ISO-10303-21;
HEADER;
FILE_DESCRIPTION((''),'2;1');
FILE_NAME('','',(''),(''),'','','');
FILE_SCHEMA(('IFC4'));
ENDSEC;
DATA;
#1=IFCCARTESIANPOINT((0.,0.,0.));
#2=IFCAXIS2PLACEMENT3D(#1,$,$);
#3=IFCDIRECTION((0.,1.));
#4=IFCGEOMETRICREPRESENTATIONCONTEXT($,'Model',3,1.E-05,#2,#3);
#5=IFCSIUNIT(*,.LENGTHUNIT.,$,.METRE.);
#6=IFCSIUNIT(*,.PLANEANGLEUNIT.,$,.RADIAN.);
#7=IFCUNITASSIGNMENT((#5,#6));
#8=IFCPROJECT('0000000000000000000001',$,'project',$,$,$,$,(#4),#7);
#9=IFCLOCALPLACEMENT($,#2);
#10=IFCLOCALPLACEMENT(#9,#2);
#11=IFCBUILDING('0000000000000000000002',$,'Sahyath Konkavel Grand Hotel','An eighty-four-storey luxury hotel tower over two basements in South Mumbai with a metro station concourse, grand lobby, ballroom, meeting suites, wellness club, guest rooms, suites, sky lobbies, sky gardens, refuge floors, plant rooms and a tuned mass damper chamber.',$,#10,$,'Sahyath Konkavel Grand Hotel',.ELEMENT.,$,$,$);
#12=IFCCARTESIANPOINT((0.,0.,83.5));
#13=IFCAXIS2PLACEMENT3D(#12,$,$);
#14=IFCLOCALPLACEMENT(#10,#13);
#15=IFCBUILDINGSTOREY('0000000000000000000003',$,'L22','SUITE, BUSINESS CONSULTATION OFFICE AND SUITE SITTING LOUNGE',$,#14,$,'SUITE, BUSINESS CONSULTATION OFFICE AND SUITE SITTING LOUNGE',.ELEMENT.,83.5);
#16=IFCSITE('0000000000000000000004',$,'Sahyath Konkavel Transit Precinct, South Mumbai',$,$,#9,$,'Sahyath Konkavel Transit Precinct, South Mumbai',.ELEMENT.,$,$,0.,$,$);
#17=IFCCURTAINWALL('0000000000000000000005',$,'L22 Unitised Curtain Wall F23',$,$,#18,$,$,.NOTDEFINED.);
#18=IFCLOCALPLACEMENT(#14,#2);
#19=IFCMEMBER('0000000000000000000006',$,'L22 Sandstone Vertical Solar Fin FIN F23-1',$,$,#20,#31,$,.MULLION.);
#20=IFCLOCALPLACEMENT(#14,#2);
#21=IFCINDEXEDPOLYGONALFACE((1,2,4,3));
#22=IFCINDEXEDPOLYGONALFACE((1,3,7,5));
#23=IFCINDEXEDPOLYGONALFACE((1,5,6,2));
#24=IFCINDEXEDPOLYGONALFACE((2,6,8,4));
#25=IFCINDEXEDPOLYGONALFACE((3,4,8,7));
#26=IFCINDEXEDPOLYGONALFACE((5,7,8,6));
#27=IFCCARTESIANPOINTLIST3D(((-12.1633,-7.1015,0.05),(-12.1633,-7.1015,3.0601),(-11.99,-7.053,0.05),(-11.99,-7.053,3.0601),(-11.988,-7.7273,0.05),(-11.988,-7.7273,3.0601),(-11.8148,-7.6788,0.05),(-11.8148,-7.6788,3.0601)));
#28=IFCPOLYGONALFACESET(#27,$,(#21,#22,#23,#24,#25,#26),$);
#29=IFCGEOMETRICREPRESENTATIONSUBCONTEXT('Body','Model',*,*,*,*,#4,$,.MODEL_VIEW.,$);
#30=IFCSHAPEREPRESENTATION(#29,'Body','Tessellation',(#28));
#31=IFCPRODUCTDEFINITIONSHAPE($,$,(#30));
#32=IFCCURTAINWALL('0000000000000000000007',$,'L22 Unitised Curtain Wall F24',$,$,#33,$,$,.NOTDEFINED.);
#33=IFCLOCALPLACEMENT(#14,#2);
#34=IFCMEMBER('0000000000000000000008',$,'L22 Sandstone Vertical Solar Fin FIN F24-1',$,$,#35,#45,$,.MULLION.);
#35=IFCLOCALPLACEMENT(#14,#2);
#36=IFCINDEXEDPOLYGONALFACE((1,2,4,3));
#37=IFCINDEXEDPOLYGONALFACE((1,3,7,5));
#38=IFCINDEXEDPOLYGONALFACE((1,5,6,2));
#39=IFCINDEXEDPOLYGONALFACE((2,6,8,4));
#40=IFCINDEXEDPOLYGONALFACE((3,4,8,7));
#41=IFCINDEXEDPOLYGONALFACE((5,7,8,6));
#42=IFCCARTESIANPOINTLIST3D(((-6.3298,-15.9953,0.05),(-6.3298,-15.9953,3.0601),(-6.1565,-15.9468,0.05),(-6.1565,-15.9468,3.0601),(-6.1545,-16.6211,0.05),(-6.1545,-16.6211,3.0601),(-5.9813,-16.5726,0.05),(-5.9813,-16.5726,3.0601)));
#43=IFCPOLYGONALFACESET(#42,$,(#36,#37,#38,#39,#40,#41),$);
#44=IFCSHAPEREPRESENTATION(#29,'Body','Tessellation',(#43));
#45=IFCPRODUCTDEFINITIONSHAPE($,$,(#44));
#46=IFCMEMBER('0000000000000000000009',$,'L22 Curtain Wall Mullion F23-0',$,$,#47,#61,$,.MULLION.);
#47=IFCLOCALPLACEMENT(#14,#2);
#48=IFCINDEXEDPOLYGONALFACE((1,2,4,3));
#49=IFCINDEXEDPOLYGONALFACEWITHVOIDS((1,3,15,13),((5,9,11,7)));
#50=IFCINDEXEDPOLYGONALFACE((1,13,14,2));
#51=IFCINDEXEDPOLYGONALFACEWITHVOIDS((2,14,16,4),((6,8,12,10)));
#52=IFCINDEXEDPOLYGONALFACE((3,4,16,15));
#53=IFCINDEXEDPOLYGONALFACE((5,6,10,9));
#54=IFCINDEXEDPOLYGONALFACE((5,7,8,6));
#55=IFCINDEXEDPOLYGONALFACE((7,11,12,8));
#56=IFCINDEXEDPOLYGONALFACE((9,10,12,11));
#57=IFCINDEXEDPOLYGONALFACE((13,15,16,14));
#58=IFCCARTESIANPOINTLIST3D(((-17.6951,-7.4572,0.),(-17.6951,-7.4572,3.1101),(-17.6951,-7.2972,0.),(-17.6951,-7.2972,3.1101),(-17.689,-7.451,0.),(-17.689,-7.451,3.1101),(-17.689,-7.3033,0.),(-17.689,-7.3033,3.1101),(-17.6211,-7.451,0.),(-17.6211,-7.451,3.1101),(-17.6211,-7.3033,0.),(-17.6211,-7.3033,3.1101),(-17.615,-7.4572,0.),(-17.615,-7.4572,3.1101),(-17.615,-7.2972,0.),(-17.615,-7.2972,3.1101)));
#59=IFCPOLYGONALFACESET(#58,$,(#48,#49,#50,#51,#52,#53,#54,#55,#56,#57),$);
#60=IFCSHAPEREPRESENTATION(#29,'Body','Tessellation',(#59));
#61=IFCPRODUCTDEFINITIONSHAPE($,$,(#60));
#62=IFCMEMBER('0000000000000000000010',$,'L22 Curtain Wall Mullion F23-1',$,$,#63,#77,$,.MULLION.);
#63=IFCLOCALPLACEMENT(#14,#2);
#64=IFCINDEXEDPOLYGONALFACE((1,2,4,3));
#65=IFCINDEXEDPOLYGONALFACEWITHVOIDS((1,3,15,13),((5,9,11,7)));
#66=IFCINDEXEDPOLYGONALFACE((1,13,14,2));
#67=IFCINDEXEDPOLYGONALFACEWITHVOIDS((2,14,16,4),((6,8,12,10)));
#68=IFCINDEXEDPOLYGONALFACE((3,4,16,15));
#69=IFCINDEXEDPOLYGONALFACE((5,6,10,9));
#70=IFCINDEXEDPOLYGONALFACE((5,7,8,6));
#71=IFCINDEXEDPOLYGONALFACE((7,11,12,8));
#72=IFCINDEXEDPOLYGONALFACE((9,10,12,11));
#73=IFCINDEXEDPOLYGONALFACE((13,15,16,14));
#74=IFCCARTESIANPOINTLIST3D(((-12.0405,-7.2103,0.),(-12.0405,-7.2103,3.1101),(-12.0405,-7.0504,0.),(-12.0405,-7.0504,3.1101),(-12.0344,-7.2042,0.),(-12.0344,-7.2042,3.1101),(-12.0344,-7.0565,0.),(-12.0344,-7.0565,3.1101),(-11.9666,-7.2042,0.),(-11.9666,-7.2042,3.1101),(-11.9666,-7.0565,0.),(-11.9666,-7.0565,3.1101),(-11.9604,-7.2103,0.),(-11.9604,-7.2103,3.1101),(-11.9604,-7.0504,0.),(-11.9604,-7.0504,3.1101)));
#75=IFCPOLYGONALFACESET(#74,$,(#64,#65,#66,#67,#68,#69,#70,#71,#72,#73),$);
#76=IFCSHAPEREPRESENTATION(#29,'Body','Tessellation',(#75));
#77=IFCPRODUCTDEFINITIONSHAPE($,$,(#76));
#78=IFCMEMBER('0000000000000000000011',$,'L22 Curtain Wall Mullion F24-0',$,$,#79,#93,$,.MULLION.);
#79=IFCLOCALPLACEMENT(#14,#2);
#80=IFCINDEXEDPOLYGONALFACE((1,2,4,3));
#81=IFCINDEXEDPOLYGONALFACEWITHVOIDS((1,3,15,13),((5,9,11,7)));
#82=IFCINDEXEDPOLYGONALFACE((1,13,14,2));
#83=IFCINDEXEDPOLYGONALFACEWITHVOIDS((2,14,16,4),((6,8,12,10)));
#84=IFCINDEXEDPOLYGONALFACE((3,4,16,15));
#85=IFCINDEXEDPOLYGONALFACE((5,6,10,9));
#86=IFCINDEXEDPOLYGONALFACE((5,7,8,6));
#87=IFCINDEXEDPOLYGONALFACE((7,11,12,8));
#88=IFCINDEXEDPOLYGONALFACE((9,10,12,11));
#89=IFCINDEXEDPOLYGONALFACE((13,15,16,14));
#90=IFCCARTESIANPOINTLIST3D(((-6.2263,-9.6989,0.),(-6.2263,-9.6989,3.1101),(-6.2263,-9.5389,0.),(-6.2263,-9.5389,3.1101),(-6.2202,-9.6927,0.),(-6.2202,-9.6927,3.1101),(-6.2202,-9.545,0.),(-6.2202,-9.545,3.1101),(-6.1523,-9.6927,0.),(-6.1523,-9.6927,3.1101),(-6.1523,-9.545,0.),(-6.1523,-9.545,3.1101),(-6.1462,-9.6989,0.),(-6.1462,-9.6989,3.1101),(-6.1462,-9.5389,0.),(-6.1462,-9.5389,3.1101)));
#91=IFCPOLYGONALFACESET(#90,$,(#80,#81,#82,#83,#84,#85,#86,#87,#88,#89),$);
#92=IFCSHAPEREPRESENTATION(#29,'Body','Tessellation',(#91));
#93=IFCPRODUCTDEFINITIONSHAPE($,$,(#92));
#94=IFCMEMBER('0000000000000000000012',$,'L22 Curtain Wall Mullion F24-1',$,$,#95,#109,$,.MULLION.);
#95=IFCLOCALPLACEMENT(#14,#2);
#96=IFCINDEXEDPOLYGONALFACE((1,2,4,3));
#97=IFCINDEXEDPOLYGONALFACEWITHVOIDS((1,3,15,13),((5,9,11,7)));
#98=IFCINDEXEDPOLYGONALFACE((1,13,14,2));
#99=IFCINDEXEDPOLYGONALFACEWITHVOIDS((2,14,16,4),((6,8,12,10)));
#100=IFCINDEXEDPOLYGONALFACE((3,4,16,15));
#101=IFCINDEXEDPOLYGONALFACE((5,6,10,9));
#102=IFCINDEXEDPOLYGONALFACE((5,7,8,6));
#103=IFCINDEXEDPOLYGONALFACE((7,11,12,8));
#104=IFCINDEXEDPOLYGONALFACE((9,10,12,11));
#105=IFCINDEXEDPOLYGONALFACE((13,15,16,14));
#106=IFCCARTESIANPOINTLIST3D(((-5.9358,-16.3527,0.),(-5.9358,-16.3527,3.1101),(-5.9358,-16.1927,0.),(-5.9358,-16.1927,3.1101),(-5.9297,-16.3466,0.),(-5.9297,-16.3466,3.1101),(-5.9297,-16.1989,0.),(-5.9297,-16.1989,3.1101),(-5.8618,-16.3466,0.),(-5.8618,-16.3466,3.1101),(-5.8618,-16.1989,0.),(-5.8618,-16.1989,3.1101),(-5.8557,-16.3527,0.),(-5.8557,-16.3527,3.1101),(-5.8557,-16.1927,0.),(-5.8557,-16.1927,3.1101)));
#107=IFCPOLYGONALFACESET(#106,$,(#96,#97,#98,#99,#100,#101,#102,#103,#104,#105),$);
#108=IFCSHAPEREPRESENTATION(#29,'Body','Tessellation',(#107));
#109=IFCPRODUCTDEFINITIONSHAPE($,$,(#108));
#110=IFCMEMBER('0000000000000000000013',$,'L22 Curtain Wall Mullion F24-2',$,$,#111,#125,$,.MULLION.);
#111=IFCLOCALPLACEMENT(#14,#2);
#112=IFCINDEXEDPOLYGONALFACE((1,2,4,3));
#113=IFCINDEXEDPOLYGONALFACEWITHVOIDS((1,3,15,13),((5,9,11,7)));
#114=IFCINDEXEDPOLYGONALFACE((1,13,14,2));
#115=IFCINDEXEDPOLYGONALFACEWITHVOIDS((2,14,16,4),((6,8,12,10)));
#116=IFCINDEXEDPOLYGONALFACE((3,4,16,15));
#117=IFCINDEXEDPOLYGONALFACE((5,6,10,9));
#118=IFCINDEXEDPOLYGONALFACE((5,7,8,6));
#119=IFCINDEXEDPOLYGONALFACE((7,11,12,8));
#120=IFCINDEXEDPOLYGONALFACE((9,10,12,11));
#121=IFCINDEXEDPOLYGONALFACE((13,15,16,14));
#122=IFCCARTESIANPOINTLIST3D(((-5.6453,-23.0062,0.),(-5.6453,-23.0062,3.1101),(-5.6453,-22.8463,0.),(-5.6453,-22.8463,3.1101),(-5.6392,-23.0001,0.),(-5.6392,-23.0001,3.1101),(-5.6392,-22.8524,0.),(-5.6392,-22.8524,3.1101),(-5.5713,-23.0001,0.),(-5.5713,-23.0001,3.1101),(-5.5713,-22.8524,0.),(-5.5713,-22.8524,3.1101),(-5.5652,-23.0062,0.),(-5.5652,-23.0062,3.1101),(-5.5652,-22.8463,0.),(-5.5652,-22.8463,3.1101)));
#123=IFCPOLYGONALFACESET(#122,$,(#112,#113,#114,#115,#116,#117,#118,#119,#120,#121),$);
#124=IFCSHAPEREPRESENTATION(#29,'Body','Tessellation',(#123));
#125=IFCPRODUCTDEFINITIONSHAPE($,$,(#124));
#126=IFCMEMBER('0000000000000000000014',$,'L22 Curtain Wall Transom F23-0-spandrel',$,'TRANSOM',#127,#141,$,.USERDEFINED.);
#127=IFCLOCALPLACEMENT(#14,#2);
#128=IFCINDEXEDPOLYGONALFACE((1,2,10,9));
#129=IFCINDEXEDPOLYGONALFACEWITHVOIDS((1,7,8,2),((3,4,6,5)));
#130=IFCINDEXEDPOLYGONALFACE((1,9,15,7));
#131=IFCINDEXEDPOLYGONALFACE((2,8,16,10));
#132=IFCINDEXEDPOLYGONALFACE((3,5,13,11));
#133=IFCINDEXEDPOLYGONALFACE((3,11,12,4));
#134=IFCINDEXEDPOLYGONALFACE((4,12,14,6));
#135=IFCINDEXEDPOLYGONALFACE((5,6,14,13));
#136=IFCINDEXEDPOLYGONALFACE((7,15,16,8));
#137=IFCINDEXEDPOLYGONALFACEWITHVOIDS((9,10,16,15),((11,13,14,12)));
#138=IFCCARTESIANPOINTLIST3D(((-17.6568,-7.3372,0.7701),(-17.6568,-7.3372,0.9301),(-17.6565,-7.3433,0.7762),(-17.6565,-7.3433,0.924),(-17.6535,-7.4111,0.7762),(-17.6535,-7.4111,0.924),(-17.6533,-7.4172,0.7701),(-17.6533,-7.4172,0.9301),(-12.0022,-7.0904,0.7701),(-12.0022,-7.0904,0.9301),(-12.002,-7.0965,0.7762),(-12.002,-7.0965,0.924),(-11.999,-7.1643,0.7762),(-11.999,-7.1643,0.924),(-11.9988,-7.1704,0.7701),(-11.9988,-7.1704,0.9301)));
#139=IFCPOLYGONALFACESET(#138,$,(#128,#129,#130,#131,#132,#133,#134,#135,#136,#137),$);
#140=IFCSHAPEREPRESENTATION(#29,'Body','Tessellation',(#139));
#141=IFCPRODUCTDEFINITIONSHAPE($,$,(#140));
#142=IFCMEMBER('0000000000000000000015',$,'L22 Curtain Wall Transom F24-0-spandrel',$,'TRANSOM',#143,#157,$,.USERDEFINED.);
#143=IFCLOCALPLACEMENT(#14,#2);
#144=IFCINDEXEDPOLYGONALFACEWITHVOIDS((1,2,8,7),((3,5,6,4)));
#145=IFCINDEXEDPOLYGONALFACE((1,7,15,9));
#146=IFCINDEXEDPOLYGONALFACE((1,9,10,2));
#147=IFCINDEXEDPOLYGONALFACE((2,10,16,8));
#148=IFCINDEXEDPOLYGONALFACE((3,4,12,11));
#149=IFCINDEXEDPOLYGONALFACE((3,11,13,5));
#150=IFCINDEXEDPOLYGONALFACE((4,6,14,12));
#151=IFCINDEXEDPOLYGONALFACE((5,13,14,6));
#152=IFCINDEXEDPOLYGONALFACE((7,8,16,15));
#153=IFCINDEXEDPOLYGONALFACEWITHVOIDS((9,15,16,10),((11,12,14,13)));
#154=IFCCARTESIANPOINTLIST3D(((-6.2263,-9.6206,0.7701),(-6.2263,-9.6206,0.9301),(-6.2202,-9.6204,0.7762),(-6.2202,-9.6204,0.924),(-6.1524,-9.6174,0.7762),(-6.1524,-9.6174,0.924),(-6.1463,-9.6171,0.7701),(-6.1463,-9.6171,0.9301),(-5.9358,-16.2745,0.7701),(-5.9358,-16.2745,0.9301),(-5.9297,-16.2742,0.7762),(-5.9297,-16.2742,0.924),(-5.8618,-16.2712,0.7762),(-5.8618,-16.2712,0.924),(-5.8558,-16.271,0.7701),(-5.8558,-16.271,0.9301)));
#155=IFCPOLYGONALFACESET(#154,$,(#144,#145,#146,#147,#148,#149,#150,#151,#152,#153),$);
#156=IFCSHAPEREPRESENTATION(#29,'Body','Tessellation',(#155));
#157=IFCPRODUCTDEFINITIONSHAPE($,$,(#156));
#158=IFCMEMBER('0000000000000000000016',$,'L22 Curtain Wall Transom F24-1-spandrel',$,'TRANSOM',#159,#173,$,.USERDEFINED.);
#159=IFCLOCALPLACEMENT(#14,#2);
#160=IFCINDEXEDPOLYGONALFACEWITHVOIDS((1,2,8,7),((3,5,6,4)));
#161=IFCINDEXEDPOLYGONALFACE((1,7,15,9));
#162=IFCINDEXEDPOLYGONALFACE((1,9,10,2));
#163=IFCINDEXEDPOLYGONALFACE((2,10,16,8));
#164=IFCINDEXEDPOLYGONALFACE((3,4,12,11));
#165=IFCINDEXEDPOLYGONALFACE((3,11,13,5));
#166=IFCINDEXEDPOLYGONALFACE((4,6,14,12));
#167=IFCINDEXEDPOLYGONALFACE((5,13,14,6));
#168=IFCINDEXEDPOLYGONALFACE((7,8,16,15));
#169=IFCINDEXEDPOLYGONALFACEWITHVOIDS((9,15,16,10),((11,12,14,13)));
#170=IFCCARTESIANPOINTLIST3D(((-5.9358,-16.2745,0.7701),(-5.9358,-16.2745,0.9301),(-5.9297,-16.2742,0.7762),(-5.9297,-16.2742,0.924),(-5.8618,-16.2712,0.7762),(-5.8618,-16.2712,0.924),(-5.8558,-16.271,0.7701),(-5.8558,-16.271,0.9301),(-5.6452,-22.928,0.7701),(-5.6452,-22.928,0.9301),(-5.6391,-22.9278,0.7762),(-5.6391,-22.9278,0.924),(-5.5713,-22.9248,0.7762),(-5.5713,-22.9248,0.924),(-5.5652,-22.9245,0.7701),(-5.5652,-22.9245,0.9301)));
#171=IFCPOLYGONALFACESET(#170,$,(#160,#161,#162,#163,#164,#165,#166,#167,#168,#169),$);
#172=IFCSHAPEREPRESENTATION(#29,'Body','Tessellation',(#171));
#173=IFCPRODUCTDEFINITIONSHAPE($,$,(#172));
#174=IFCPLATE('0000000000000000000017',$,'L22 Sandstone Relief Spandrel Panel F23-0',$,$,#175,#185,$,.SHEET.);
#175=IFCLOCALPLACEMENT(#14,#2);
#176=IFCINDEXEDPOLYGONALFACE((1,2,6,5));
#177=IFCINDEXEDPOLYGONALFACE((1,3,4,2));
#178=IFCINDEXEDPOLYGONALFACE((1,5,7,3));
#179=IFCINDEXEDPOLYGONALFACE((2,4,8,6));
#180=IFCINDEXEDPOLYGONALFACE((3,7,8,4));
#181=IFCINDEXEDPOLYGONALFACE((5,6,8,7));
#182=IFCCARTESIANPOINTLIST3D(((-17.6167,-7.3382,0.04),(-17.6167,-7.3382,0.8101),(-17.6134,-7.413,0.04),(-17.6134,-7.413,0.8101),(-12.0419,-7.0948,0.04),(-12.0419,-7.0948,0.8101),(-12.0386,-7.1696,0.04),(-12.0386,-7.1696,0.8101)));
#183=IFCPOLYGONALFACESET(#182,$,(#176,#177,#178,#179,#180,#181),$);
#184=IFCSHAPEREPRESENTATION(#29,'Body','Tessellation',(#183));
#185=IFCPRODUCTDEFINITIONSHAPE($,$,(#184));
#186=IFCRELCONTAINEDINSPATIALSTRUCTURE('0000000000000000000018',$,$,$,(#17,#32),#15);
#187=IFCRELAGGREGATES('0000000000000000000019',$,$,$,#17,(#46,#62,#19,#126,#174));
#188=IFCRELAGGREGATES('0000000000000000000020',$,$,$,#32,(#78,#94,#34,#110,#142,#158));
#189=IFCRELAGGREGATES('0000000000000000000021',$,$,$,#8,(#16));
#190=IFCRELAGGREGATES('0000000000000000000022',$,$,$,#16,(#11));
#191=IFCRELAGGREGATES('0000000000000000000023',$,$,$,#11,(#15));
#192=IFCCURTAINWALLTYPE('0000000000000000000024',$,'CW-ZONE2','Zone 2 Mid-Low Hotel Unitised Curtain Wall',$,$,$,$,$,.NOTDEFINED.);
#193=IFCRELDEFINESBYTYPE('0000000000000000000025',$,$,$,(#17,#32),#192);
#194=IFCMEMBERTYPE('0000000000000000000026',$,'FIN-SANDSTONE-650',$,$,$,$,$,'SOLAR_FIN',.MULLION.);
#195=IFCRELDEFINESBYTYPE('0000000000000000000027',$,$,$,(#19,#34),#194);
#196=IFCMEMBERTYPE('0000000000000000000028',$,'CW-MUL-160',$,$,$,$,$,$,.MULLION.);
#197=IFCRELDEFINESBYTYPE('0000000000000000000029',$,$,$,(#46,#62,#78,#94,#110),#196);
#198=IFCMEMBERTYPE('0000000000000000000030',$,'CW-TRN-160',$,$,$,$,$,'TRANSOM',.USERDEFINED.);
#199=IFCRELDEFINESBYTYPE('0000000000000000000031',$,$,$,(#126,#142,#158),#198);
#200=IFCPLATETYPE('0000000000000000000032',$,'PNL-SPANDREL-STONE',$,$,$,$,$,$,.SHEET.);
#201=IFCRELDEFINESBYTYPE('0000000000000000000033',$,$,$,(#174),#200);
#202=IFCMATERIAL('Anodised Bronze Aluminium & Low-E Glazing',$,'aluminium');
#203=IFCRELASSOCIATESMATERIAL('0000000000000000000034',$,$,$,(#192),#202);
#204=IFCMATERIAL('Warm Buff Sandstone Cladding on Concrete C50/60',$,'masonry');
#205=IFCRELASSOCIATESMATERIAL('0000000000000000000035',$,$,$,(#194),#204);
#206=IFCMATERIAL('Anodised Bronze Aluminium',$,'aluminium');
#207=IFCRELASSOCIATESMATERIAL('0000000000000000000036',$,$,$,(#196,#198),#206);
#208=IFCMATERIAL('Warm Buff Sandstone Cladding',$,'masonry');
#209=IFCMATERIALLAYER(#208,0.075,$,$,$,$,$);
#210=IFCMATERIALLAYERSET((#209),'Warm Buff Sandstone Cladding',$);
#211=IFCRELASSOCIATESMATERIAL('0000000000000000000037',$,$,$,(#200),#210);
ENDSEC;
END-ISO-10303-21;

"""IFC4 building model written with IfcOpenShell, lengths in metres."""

from ifc_helpers import new_model, si_unit, direction, frame, origin, origin_2d, place, context, subcontext, project, spatial, rectangle, hollow_rectangle, extrude, source, transform, mapped, material, layer, layer_set, material_profile, profile_set, type_object, element, aggregate, save


model = new_model("IFC4")

# Units and contexts
model_context = context("Model", 3, precision=1e-05, world=origin(), true_north=direction((0.0, 1.0)))
body_context = subcontext(model_context, "Body", "Model", "MODEL_VIEW")
ifc_project = project(units=[si_unit("LENGTHUNIT", "METRE"), si_unit("PLANEANGLEUNIT", "RADIAN")], contexts=[model_context])

# Site, building, storey
site_placement = place(None, origin())
site = spatial("IfcSite", under=ifc_project, at=site_placement, Name="Sahyath Konkavel Transit Precinct, South Mumbai", LongName="Sahyath Konkavel Transit Precinct, South Mumbai", CompositionType="ELEMENT", RefElevation=0.0)
building_placement = place(site_placement, origin())
building = spatial("IfcBuilding", under=site, at=building_placement, Name="Sahyath Konkavel Grand Hotel", Description="An eighty-four-storey luxury hotel tower over two basements in South Mumbai with a metro station concourse, grand lobby, ballroom, meeting suites, wellness club, guest rooms, suites, sky lobbies, sky gardens, refuge floors, plant rooms and a tuned mass damper chamber.", LongName="Sahyath Konkavel Grand Hotel", CompositionType="ELEMENT")
storey_placement = place(building_placement, frame((0.0, 0.0, 83.5)))
storey = spatial("IfcBuildingStorey", under=building, at=storey_placement, Name="L22", Description="SUITE, BUSINESS CONSULTATION OFFICE AND SUITE SITTING LOUNGE", LongName="SUITE, BUSINESS CONSULTATION OFFICE AND SUITE SITTING LOUNGE", CompositionType="ELEMENT", Elevation=83.5)

# Curtain walls, members
ifc_material_1 = material(Name="Anodised Bronze Aluminium & Low-E Glazing", Category="aluminium")
curtain_wall_type = type_object("IfcCurtainWallType", Name="CW-ZONE2", Description="Zone 2 Mid-Low Hotel Unitised Curtain Wall", PredefinedType="NOTDEFINED", material=ifc_material_1)
curtain_wall_1_placement = place(storey_placement, origin())
curtain_wall_1 = element("IfcCurtainWall", 1, at=curtain_wall_1_placement, inside=storey, type_object=curtain_wall_type, Name="L22 Unitised Curtain Wall F23", PredefinedType="NOTDEFINED")
ifc_material_2 = material(Name="Warm Buff Sandstone Cladding on Concrete C50/60", Category="masonry")
ifc_material_profile_1 = material_profile(ifc_material_2, rectangle(XDim=0.1799, YDim=0.6499, at=origin_2d()), Name="FIN 180x650")
ifc_profile_set_1 = profile_set([ifc_material_profile_1], Name="Warm Buff Sandstone Cladding on Concrete C50/60")
member_type_1 = type_object("IfcMemberType", Name="FIN-SANDSTONE-650", ElementType="SOLAR_FIN", PredefinedType="MULLION", material=ifc_profile_set_1)
shared_shape_1 = source(origin(), body_context, "Body", "SweptSolid", [
    extrude(rectangle(XDim=0.1799, YDim=0.6499, at=origin_2d()), origin(), (0.0, 0.0, 1.0), 3.01),
])
member_1_placement = place(storey_placement, frame((-11.989, -7.3901, 0.05), z_axis=(0.0, 0.0, 1.0), x_axis=(0.962975, 0.269592, 0.0)))
member_1 = element("IfcMember", 2, at=member_1_placement, type_object=member_type_1, Name="L22 Sandstone Vertical Solar Fin FIN F23-1", PredefinedType="MULLION", context=body_context, shape_type="MappedRepresentation", body=[
    mapped(shared_shape_1, transform((0.0, 0.0, 0.0), scale=1.0)),
])
curtain_wall_2_placement = place(storey_placement, origin())
curtain_wall_2 = element("IfcCurtainWall", 3, at=curtain_wall_2_placement, inside=storey, type_object=curtain_wall_type, Name="L22 Unitised Curtain Wall F24", PredefinedType="NOTDEFINED")
member_2_placement = place(storey_placement, frame((-6.1555, -16.2839, 0.05), z_axis=(0.0, 0.0, 1.0), x_axis=(0.962975, 0.269592, 0.0)))
member_2 = element("IfcMember", 4, at=member_2_placement, type_object=member_type_1, Name="L22 Sandstone Vertical Solar Fin FIN F24-1", PredefinedType="MULLION", context=body_context, shape_type="MappedRepresentation", body=[
    mapped(shared_shape_1, transform((0.0, 0.0, 0.0), scale=1.0)),
])

# Members
ifc_material_3 = material(Name="Anodised Bronze Aluminium", Category="aluminium")
ifc_material_profile_2 = material_profile(ifc_material_3, hollow_rectangle(XDim=0.0801, YDim=0.1599, WallThickness=0.0061, at=origin_2d()), Name="RHS 160x80x6")
ifc_profile_set_2 = profile_set([ifc_material_profile_2], Name="Anodised Bronze Aluminium")
member_type_2 = type_object("IfcMemberType", Name="CW-MUL-160", PredefinedType="MULLION", material=ifc_profile_set_2)
shared_shape_2 = source(origin(), body_context, "Body", "SweptSolid", [
    extrude(hollow_rectangle(XDim=0.0801, YDim=0.1599, WallThickness=0.0061, at=origin_2d()), origin(), (0.0, 0.0, 1.0), 3.1101),
])
member_3_placement = place(storey_placement, frame((-17.655, -7.3772, 0.0), z_axis=(0.0, 0.0, 1.0), x_axis=(1.0, 0.0, 0.0)))
member_3 = element("IfcMember", 5, at=member_3_placement, type_object=member_type_2, Name="L22 Curtain Wall Mullion F23-0", PredefinedType="MULLION", context=body_context, shape_type="MappedRepresentation", body=[
    mapped(shared_shape_2, transform((0.0, 0.0, 0.0), scale=1.0)),
])
member_4_placement = place(storey_placement, frame((-12.0005, -7.1304, 0.0), z_axis=(0.0, 0.0, 1.0), x_axis=(1.0, 0.0, 0.0)))
member_4 = element("IfcMember", 6, at=member_4_placement, type_object=member_type_2, Name="L22 Curtain Wall Mullion F23-1", PredefinedType="MULLION", context=body_context, shape_type="MappedRepresentation", body=[
    mapped(shared_shape_2, transform((0.0, 0.0, 0.0), scale=1.0)),
])
member_5_placement = place(storey_placement, frame((-6.1863, -9.6189, 0.0), z_axis=(0.0, 0.0, 1.0), x_axis=(1.0, 0.0, 0.0)))
member_5 = element("IfcMember", 7, at=member_5_placement, type_object=member_type_2, Name="L22 Curtain Wall Mullion F24-0", PredefinedType="MULLION", context=body_context, shape_type="MappedRepresentation", body=[
    mapped(shared_shape_2, transform((0.0, 0.0, 0.0), scale=1.0)),
])
member_6_placement = place(storey_placement, frame((-5.8958, -16.2727, 0.0), z_axis=(0.0, 0.0, 1.0), x_axis=(1.0, 0.0, 0.0)))
member_6 = element("IfcMember", 8, at=member_6_placement, type_object=member_type_2, Name="L22 Curtain Wall Mullion F24-1", PredefinedType="MULLION", context=body_context, shape_type="MappedRepresentation", body=[
    mapped(shared_shape_2, transform((0.0, 0.0, 0.0), scale=1.0)),
])
member_7_placement = place(storey_placement, frame((-5.6052, -22.9263, 0.0), z_axis=(0.0, 0.0, 1.0), x_axis=(1.0, 0.0, 0.0)))
member_7 = element("IfcMember", 9, at=member_7_placement, type_object=member_type_2, Name="L22 Curtain Wall Mullion F24-2", PredefinedType="MULLION", context=body_context, shape_type="MappedRepresentation", body=[
    mapped(shared_shape_2, transform((0.0, 0.0, 0.0), scale=1.0)),
])
ifc_material_profile_3 = material_profile(ifc_material_3, hollow_rectangle(XDim=0.0801, YDim=0.1599, WallThickness=0.0061, at=origin_2d()), Name="RHS 160x80x6")
ifc_profile_set_3 = profile_set([ifc_material_profile_3], Name="Anodised Bronze Aluminium")
member_type_3 = type_object("IfcMemberType", Name="CW-TRN-160", ElementType="TRANSOM", PredefinedType="USERDEFINED", material=ifc_profile_set_3)
shared_shape_3 = source(origin(), body_context, "Body", "SweptSolid", [
    extrude(hollow_rectangle(XDim=0.0801, YDim=0.1599, WallThickness=0.0061, at=origin_2d()), origin(), (0.0, 0.0, 1.0), 5.6599),
])
member_8_placement = place(storey_placement, frame((-17.655, -7.3772, 0.8501), z_axis=(0.999049, 0.043609, 0.0), x_axis=(-0.043609, 0.999049, 0.0)))
member_8 = element("IfcMember", 10, at=member_8_placement, type_object=member_type_3, Name="L22 Curtain Wall Transom F23-0-spandrel", ObjectType="TRANSOM", PredefinedType="USERDEFINED", context=body_context, shape_type="MappedRepresentation", body=[
    mapped(shared_shape_3, transform((0.0, 0.0, 0.0), scale=1.0)),
])
shared_shape_4 = source(origin(), body_context, "Body", "SweptSolid", [
    extrude(hollow_rectangle(XDim=0.0801, YDim=0.1599, WallThickness=0.0061, at=origin_2d()), origin(), (0.0, 0.0, 1.0), 6.6602),
])
member_9_placement = place(storey_placement, frame((-6.1863, -9.6189, 0.8501), z_axis=(0.043622, -0.999048, 0.0), x_axis=(0.999048, 0.043622, 0.0)))
member_9 = element("IfcMember", 11, at=member_9_placement, type_object=member_type_3, Name="L22 Curtain Wall Transom F24-0-spandrel", ObjectType="TRANSOM", PredefinedType="USERDEFINED", context=body_context, shape_type="MappedRepresentation", body=[
    mapped(shared_shape_4, transform((0.0, 0.0, 0.0), scale=1.0)),
])
shared_shape_5 = source(origin(), body_context, "Body", "SweptSolid", [
    extrude(hollow_rectangle(XDim=0.0801, YDim=0.1599, WallThickness=0.0061, at=origin_2d()), origin(), (0.0, 0.0, 1.0), 6.6599),
])
member_10_placement = place(storey_placement, frame((-5.8958, -16.2727, 0.8501), z_axis=(0.043623, -0.999048, 0.0), x_axis=(0.999048, 0.043623, 0.0)))
member_10 = element("IfcMember", 12, at=member_10_placement, type_object=member_type_3, Name="L22 Curtain Wall Transom F24-1-spandrel", ObjectType="TRANSOM", PredefinedType="USERDEFINED", context=body_context, shape_type="MappedRepresentation", body=[
    mapped(shared_shape_5, transform((0.0, 0.0, 0.0), scale=1.0)),
])

# Plate
ifc_material_4 = material(Name="Warm Buff Sandstone Cladding", Category="masonry")
ifc_layer_1 = layer(ifc_material_4, 0.075)
ifc_layer_set_1 = layer_set([ifc_layer_1], Name="Warm Buff Sandstone Cladding")
plate_type_1 = type_object("IfcPlateType", Name="PNL-SPANDREL-STONE", PredefinedType="SHEET", material=ifc_layer_set_1)
shared_shape_6 = source(origin(), body_context, "Body", "SweptSolid", [
    extrude(rectangle(XDim=5.5801, YDim=0.075, at=origin_2d()), origin(), (0.0, 0.0, 1.0), 0.77),
])
plate_1_placement = place(storey_placement, frame((-14.8276, -7.2539, 0.04), z_axis=(0.0, 0.0, 1.0), x_axis=(0.999048, 0.043619, 0.0)))
plate_1 = element("IfcPlate", 13, at=plate_1_placement, type_object=plate_type_1, Name="L22 Sandstone Relief Spandrel Panel F23-0", PredefinedType="SHEET", context=body_context, shape_type="MappedRepresentation", body=[
    mapped(shared_shape_6, transform((0.0, 0.0, 0.0), scale=1.0)),
])
aggregate(curtain_wall_1, [member_3, member_4, member_1, member_8, plate_1])
aggregate(curtain_wall_2, [member_5, member_6, member_2, member_7, member_9, member_10])

save(model, "model.ifc")
